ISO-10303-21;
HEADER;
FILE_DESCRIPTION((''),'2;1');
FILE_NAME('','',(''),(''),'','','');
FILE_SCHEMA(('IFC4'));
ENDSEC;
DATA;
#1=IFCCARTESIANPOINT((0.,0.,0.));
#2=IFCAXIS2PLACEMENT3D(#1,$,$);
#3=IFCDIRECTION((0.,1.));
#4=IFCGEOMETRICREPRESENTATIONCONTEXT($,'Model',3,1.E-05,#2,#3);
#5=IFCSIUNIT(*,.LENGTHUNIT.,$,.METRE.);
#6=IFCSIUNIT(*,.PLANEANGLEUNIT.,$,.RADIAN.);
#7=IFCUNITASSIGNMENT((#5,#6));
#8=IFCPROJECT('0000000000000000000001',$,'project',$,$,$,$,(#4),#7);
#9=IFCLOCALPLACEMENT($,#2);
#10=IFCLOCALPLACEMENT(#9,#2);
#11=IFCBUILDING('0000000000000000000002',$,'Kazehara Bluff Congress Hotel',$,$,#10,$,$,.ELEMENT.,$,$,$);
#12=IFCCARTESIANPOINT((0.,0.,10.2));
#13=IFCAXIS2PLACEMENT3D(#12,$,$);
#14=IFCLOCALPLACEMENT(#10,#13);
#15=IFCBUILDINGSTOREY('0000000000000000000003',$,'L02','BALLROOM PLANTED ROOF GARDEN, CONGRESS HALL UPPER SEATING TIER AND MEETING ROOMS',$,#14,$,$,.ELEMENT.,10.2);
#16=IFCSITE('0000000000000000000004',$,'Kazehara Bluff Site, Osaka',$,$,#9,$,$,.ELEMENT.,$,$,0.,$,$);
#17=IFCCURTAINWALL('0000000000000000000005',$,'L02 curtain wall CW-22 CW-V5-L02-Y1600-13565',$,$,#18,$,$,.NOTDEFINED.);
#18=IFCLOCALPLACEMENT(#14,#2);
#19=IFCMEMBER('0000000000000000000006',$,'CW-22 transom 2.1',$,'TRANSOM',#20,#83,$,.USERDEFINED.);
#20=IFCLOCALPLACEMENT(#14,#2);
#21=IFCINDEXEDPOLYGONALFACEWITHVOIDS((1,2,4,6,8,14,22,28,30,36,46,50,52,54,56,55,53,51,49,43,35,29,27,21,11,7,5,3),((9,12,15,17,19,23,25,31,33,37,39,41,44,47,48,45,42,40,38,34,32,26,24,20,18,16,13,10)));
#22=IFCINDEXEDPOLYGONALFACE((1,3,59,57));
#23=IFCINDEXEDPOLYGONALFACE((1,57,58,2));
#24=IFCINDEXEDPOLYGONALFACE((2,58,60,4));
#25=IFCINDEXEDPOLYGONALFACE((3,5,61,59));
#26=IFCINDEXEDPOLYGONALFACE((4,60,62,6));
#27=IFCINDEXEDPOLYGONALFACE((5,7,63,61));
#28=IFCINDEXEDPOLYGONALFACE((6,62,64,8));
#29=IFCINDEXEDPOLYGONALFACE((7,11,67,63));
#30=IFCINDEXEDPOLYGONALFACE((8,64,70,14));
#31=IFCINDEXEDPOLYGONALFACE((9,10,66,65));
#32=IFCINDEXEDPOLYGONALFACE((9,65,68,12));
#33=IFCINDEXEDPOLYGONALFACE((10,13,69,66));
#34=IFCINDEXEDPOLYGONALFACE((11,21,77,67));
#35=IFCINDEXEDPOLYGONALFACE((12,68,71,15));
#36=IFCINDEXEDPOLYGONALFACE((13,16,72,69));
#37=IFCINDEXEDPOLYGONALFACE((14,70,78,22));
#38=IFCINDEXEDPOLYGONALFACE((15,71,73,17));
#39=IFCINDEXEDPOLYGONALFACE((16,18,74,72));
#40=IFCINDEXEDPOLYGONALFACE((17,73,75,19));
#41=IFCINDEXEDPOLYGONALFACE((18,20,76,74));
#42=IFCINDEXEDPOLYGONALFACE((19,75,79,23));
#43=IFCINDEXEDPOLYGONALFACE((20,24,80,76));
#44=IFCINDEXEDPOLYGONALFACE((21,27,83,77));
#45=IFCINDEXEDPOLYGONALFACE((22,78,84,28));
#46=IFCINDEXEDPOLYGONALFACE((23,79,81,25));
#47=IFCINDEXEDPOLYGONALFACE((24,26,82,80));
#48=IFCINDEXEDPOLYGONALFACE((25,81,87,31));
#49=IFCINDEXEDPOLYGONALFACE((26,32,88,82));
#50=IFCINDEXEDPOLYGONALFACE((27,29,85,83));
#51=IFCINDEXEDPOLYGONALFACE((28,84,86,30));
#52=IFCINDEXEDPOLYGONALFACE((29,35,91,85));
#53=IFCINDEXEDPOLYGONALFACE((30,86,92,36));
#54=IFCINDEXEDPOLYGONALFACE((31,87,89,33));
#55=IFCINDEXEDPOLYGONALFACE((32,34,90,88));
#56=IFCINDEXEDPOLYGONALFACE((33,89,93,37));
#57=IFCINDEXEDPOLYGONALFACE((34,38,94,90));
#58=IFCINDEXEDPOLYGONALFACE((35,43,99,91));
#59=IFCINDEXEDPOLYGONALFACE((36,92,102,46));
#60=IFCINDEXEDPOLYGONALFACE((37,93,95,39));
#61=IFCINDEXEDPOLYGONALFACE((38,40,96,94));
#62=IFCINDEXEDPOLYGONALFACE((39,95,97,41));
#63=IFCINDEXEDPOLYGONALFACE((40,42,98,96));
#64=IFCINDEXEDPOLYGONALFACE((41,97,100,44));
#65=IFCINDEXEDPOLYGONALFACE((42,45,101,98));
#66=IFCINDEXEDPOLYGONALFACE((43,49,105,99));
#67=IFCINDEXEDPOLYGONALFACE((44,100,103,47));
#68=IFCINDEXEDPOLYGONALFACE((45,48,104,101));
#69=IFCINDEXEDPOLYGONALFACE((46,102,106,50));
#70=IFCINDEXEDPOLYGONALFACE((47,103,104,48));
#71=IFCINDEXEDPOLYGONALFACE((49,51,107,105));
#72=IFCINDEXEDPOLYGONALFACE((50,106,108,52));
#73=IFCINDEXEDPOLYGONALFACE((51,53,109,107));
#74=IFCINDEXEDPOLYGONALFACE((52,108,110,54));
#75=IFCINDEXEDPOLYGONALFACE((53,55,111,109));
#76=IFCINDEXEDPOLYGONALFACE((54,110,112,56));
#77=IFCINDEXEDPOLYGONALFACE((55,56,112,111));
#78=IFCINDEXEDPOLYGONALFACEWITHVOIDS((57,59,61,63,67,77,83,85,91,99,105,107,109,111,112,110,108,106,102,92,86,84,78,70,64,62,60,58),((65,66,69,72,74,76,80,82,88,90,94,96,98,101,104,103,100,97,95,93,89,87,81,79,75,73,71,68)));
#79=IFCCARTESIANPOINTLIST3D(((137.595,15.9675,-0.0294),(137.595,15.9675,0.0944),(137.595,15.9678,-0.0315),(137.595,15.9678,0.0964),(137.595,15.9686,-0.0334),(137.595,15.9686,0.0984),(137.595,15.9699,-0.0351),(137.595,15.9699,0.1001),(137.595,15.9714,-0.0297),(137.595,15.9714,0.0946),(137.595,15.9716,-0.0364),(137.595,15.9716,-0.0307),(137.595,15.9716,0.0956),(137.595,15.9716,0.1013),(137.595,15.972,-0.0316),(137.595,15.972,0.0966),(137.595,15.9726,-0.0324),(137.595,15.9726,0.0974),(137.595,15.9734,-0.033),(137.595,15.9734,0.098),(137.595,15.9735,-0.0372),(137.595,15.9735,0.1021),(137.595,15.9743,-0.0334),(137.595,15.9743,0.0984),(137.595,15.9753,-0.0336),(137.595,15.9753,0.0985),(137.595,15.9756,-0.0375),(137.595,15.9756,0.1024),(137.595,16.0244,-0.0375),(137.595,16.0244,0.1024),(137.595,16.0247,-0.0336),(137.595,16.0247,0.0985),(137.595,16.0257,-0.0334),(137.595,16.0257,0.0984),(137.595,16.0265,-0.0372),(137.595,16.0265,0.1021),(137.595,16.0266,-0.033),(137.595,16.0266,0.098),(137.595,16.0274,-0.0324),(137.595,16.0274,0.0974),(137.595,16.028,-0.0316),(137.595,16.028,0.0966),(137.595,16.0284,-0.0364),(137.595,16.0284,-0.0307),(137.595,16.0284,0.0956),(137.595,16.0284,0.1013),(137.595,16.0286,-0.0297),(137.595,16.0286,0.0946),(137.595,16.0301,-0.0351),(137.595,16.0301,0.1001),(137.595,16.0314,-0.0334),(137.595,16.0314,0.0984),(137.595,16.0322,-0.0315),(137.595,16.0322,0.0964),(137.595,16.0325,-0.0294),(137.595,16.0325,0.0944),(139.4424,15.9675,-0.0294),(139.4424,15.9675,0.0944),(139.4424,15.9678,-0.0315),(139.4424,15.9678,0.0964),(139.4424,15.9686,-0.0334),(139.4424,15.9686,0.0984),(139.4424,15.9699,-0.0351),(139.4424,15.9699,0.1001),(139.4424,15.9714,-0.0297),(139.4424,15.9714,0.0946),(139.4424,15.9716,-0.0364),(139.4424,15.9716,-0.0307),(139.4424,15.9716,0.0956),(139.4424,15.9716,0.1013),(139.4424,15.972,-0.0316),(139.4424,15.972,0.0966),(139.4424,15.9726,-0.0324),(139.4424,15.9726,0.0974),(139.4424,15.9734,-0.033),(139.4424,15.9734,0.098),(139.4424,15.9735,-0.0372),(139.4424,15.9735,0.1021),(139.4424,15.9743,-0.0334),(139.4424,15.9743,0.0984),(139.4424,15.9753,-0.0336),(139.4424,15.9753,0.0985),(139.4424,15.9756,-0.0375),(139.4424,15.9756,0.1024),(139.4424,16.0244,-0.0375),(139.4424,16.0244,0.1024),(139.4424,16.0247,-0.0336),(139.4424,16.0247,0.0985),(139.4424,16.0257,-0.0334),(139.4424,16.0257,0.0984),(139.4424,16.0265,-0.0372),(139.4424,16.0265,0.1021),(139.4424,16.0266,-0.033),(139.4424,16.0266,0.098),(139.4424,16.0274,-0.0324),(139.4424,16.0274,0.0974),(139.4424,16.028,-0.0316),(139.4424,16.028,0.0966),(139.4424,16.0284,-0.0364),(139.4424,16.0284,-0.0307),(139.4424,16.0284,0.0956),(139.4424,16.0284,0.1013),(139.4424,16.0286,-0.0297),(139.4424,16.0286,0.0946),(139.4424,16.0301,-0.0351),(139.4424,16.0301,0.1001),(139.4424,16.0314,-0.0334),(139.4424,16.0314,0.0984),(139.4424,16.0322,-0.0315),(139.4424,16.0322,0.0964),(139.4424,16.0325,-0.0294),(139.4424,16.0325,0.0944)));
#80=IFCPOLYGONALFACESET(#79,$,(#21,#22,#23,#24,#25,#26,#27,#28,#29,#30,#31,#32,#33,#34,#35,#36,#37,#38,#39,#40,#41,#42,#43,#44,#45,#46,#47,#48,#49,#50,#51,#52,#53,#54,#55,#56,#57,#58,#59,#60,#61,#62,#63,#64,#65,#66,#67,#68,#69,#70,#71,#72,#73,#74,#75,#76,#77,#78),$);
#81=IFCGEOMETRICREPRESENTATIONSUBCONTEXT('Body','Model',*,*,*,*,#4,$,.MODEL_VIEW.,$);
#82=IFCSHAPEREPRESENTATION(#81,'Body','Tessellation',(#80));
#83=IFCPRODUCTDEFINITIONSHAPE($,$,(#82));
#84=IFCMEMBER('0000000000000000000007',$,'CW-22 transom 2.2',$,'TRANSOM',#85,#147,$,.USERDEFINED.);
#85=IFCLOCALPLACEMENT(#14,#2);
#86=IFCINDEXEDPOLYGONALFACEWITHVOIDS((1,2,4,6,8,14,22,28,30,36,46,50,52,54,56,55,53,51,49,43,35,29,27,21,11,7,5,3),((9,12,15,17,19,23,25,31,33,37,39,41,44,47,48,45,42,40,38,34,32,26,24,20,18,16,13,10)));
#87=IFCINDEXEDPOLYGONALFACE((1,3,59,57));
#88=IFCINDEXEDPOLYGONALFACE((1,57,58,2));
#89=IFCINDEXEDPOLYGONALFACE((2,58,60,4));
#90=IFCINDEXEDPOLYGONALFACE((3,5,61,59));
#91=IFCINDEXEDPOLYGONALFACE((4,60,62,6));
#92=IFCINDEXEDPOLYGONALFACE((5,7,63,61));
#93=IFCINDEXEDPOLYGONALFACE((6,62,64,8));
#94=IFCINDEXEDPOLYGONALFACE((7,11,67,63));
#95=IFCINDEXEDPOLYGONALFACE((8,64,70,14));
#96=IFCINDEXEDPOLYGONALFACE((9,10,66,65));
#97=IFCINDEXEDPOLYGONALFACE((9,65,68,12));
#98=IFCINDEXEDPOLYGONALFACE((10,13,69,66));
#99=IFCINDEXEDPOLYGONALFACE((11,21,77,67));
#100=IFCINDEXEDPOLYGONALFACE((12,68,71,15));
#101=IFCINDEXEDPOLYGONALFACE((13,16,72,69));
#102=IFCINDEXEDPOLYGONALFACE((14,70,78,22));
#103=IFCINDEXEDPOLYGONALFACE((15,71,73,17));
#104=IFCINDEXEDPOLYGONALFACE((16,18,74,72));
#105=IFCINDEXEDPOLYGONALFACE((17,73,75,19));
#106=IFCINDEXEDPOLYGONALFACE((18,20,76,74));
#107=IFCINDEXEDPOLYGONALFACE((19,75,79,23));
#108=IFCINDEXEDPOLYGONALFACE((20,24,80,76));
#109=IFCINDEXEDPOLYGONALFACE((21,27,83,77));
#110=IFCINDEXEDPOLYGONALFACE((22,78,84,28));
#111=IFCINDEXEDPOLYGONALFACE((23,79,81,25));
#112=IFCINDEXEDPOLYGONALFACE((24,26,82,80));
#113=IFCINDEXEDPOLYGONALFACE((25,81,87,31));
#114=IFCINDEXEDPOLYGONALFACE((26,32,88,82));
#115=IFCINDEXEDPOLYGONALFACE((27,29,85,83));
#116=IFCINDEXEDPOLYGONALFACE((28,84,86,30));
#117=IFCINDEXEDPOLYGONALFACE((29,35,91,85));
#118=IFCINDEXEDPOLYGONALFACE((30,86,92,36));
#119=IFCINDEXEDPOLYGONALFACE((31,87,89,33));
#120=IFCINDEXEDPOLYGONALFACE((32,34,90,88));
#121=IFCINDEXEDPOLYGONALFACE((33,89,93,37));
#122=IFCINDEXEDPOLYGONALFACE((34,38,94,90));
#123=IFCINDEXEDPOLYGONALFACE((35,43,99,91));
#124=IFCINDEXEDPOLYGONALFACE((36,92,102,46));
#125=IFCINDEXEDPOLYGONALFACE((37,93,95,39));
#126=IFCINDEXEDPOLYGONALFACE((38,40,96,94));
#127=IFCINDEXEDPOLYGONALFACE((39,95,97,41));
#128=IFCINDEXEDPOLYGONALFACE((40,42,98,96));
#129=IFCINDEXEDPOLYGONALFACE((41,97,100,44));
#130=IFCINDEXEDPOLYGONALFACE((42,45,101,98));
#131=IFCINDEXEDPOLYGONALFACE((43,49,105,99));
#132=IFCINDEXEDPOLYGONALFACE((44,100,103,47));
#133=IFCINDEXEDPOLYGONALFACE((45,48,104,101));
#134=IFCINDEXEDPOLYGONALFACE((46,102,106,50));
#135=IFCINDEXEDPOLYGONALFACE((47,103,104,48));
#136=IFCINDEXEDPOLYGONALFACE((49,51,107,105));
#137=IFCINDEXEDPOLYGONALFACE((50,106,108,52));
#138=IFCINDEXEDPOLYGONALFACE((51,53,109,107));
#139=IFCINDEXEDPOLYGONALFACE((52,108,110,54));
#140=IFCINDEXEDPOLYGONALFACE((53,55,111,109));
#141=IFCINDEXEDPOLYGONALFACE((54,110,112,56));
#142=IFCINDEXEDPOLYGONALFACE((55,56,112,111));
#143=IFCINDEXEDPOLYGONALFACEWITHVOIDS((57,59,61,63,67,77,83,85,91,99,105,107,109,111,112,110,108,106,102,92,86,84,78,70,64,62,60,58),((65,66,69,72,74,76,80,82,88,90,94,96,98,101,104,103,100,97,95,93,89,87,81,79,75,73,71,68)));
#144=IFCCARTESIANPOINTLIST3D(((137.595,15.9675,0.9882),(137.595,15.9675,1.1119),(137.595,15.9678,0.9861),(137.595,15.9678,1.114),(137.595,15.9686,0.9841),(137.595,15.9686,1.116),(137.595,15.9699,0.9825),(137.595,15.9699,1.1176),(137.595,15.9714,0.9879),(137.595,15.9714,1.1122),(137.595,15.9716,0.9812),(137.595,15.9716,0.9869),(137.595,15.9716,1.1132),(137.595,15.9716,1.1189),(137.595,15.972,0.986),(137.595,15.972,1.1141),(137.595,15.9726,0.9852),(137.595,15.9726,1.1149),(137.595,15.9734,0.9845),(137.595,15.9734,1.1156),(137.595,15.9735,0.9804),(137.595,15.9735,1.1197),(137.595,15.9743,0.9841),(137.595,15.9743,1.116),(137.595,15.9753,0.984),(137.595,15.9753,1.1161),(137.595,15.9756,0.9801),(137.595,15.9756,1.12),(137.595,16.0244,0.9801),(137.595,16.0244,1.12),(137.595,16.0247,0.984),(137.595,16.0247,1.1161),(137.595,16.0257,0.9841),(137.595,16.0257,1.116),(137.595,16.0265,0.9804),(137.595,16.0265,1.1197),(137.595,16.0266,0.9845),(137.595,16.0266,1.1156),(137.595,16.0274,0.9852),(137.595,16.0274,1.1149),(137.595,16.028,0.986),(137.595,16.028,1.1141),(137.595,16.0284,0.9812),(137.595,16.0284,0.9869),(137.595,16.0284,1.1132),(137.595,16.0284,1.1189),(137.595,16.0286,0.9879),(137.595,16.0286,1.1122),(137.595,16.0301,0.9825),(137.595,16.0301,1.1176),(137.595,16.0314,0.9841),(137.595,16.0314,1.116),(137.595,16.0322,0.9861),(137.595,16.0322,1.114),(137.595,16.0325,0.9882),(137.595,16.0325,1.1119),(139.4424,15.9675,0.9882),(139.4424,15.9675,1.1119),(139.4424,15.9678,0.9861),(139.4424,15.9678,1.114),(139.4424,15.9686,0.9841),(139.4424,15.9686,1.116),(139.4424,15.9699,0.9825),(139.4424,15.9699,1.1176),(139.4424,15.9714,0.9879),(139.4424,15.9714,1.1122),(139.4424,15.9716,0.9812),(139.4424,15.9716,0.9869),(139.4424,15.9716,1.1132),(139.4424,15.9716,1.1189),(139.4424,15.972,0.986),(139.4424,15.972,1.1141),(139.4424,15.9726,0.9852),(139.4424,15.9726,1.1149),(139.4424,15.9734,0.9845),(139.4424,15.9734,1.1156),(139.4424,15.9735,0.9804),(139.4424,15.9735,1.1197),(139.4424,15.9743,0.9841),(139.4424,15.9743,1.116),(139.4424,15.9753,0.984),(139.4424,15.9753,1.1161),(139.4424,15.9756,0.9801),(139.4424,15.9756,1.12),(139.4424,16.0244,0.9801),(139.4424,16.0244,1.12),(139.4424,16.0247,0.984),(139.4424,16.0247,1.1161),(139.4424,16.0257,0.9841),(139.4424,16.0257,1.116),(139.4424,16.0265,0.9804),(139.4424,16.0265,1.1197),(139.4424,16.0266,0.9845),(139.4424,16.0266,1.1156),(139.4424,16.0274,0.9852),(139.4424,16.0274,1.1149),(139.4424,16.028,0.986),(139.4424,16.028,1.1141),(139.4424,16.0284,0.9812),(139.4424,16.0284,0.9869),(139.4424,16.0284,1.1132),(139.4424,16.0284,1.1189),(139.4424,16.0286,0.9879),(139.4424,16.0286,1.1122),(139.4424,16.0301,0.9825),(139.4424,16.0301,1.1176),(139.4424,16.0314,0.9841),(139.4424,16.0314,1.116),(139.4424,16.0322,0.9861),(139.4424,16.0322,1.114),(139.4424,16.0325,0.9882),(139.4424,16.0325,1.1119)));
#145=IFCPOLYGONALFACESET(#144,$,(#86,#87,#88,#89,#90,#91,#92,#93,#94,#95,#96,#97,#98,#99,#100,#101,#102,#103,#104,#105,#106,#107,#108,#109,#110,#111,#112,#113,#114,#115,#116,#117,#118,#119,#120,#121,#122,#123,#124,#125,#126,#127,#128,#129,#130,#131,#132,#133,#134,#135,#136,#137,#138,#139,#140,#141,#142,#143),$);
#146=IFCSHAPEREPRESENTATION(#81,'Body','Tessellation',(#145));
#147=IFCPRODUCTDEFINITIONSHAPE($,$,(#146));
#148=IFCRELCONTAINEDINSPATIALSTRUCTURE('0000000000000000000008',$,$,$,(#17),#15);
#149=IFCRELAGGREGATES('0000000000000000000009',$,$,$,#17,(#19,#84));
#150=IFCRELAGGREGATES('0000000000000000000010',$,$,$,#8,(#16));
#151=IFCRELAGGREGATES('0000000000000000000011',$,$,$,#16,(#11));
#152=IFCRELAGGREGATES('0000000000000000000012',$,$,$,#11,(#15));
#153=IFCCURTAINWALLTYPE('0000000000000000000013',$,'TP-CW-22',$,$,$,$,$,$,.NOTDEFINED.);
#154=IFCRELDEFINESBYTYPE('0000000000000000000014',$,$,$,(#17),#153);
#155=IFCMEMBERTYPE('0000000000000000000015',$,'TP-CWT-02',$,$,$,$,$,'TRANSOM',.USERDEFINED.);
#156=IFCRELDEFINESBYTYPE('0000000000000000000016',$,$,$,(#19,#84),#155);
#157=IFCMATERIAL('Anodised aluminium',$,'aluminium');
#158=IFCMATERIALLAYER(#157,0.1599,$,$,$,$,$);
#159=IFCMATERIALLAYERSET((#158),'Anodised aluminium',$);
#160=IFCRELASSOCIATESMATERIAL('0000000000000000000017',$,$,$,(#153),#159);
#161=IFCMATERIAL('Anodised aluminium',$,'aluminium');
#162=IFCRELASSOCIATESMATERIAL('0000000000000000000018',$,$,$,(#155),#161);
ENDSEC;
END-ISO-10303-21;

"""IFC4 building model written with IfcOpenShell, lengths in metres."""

from ifc_helpers import new_model, si_unit, direction, frame, origin, origin_2d, place, context, subcontext, project, spatial, hollow_rectangle, extrude, material, layer, layer_set, material_profile, profile_set, type_object, element, aggregate, save


model = new_model("IFC4")

# Units and contexts
model_context = context("Model", 3, precision=1e-05, world=origin(), true_north=direction((0.0, 1.0)))
body_context = subcontext(model_context, "Body", "Model", "MODEL_VIEW")
ifc_project = project(units=[si_unit("LENGTHUNIT", "METRE"), si_unit("PLANEANGLEUNIT", "RADIAN")], contexts=[model_context])

# Site, building, storey
site_placement = place(None, origin())
site = spatial("IfcSite", under=ifc_project, at=site_placement, Name="Kazehara Bluff Site, Osaka", CompositionType="ELEMENT", RefElevation=0.0)
building_placement = place(site_placement, origin())
building = spatial("IfcBuilding", under=site, at=building_placement, Name="Kazehara Bluff Congress Hotel", CompositionType="ELEMENT")
storey_placement = place(building_placement, frame((0.0, 0.0, 10.2)))
storey = spatial("IfcBuildingStorey", under=building, at=storey_placement, Name="L02", Description="BALLROOM PLANTED ROOF GARDEN, CONGRESS HALL UPPER SEATING TIER AND MEETING ROOMS", CompositionType="ELEMENT", Elevation=10.2)

# Curtain wall, members
ifc_material_1 = material(Name="Anodised aluminium", Category="aluminium")
ifc_layer_1 = layer(ifc_material_1, 0.1599)
ifc_layer_set_1 = layer_set([ifc_layer_1], Name="Anodised aluminium")
curtain_wall_type = type_object("IfcCurtainWallType", Name="TP-CW-22", PredefinedType="NOTDEFINED", material=ifc_layer_set_1)
curtain_wall_placement = place(storey_placement, origin())
curtain_wall = element("IfcCurtainWall", 1, at=curtain_wall_placement, inside=storey, type_object=curtain_wall_type, Name="L02 curtain wall CW-22 CW-V5-L02-Y1600-13565", PredefinedType="NOTDEFINED")
ifc_material_2 = material(Name="Anodised aluminium", Category="aluminium")
ifc_material_profile_1 = material_profile(ifc_material_2, hollow_rectangle(XDim=0.0649, YDim=0.1399, WallThickness=0.0039, InnerFilletRadius=0.0039, OuterFilletRadius=0.0081, at=origin_2d()))
ifc_profile_set_1 = profile_set([ifc_material_profile_1], Name="Anodised aluminium")
member_type_1 = type_object("IfcMemberType", Name="TP-CWT-02", ElementType="TRANSOM", PredefinedType="USERDEFINED", material=ifc_profile_set_1)
member_1_placement = place(storey_placement, frame((137.595, 16.0, 0.0325), z_axis=(1.0, 0.0, 0.0), x_axis=(0.0, 1.0, 0.0)))
member_1 = element("IfcMember", 2, at=member_1_placement, type_object=member_type_1, Name="CW-22 transom 2.1", ObjectType="TRANSOM", PredefinedType="USERDEFINED", context=body_context, shape_type="SweptSolid", body=[
    extrude(hollow_rectangle(XDim=0.0649, YDim=0.1399, WallThickness=0.0039, InnerFilletRadius=0.0039, OuterFilletRadius=0.0081, at=origin_2d()), origin(), (0.0, 0.0, 1.0), 1.8474),
])
member_2_placement = place(storey_placement, frame((137.595, 16.0, 1.05), z_axis=(1.0, 0.0, 0.0), x_axis=(0.0, 1.0, 0.0)))
member_2 = element("IfcMember", 3, at=member_2_placement, type_object=member_type_1, Name="CW-22 transom 2.2", ObjectType="TRANSOM", PredefinedType="USERDEFINED", context=body_context, shape_type="SweptSolid", body=[
    extrude(hollow_rectangle(XDim=0.0649, YDim=0.1399, WallThickness=0.0039, InnerFilletRadius=0.0039, OuterFilletRadius=0.0081, at=origin_2d()), origin(), (0.0, 0.0, 1.0), 1.8474),
])
aggregate(curtain_wall, [member_1, member_2])

save(model, "model.ifc")
